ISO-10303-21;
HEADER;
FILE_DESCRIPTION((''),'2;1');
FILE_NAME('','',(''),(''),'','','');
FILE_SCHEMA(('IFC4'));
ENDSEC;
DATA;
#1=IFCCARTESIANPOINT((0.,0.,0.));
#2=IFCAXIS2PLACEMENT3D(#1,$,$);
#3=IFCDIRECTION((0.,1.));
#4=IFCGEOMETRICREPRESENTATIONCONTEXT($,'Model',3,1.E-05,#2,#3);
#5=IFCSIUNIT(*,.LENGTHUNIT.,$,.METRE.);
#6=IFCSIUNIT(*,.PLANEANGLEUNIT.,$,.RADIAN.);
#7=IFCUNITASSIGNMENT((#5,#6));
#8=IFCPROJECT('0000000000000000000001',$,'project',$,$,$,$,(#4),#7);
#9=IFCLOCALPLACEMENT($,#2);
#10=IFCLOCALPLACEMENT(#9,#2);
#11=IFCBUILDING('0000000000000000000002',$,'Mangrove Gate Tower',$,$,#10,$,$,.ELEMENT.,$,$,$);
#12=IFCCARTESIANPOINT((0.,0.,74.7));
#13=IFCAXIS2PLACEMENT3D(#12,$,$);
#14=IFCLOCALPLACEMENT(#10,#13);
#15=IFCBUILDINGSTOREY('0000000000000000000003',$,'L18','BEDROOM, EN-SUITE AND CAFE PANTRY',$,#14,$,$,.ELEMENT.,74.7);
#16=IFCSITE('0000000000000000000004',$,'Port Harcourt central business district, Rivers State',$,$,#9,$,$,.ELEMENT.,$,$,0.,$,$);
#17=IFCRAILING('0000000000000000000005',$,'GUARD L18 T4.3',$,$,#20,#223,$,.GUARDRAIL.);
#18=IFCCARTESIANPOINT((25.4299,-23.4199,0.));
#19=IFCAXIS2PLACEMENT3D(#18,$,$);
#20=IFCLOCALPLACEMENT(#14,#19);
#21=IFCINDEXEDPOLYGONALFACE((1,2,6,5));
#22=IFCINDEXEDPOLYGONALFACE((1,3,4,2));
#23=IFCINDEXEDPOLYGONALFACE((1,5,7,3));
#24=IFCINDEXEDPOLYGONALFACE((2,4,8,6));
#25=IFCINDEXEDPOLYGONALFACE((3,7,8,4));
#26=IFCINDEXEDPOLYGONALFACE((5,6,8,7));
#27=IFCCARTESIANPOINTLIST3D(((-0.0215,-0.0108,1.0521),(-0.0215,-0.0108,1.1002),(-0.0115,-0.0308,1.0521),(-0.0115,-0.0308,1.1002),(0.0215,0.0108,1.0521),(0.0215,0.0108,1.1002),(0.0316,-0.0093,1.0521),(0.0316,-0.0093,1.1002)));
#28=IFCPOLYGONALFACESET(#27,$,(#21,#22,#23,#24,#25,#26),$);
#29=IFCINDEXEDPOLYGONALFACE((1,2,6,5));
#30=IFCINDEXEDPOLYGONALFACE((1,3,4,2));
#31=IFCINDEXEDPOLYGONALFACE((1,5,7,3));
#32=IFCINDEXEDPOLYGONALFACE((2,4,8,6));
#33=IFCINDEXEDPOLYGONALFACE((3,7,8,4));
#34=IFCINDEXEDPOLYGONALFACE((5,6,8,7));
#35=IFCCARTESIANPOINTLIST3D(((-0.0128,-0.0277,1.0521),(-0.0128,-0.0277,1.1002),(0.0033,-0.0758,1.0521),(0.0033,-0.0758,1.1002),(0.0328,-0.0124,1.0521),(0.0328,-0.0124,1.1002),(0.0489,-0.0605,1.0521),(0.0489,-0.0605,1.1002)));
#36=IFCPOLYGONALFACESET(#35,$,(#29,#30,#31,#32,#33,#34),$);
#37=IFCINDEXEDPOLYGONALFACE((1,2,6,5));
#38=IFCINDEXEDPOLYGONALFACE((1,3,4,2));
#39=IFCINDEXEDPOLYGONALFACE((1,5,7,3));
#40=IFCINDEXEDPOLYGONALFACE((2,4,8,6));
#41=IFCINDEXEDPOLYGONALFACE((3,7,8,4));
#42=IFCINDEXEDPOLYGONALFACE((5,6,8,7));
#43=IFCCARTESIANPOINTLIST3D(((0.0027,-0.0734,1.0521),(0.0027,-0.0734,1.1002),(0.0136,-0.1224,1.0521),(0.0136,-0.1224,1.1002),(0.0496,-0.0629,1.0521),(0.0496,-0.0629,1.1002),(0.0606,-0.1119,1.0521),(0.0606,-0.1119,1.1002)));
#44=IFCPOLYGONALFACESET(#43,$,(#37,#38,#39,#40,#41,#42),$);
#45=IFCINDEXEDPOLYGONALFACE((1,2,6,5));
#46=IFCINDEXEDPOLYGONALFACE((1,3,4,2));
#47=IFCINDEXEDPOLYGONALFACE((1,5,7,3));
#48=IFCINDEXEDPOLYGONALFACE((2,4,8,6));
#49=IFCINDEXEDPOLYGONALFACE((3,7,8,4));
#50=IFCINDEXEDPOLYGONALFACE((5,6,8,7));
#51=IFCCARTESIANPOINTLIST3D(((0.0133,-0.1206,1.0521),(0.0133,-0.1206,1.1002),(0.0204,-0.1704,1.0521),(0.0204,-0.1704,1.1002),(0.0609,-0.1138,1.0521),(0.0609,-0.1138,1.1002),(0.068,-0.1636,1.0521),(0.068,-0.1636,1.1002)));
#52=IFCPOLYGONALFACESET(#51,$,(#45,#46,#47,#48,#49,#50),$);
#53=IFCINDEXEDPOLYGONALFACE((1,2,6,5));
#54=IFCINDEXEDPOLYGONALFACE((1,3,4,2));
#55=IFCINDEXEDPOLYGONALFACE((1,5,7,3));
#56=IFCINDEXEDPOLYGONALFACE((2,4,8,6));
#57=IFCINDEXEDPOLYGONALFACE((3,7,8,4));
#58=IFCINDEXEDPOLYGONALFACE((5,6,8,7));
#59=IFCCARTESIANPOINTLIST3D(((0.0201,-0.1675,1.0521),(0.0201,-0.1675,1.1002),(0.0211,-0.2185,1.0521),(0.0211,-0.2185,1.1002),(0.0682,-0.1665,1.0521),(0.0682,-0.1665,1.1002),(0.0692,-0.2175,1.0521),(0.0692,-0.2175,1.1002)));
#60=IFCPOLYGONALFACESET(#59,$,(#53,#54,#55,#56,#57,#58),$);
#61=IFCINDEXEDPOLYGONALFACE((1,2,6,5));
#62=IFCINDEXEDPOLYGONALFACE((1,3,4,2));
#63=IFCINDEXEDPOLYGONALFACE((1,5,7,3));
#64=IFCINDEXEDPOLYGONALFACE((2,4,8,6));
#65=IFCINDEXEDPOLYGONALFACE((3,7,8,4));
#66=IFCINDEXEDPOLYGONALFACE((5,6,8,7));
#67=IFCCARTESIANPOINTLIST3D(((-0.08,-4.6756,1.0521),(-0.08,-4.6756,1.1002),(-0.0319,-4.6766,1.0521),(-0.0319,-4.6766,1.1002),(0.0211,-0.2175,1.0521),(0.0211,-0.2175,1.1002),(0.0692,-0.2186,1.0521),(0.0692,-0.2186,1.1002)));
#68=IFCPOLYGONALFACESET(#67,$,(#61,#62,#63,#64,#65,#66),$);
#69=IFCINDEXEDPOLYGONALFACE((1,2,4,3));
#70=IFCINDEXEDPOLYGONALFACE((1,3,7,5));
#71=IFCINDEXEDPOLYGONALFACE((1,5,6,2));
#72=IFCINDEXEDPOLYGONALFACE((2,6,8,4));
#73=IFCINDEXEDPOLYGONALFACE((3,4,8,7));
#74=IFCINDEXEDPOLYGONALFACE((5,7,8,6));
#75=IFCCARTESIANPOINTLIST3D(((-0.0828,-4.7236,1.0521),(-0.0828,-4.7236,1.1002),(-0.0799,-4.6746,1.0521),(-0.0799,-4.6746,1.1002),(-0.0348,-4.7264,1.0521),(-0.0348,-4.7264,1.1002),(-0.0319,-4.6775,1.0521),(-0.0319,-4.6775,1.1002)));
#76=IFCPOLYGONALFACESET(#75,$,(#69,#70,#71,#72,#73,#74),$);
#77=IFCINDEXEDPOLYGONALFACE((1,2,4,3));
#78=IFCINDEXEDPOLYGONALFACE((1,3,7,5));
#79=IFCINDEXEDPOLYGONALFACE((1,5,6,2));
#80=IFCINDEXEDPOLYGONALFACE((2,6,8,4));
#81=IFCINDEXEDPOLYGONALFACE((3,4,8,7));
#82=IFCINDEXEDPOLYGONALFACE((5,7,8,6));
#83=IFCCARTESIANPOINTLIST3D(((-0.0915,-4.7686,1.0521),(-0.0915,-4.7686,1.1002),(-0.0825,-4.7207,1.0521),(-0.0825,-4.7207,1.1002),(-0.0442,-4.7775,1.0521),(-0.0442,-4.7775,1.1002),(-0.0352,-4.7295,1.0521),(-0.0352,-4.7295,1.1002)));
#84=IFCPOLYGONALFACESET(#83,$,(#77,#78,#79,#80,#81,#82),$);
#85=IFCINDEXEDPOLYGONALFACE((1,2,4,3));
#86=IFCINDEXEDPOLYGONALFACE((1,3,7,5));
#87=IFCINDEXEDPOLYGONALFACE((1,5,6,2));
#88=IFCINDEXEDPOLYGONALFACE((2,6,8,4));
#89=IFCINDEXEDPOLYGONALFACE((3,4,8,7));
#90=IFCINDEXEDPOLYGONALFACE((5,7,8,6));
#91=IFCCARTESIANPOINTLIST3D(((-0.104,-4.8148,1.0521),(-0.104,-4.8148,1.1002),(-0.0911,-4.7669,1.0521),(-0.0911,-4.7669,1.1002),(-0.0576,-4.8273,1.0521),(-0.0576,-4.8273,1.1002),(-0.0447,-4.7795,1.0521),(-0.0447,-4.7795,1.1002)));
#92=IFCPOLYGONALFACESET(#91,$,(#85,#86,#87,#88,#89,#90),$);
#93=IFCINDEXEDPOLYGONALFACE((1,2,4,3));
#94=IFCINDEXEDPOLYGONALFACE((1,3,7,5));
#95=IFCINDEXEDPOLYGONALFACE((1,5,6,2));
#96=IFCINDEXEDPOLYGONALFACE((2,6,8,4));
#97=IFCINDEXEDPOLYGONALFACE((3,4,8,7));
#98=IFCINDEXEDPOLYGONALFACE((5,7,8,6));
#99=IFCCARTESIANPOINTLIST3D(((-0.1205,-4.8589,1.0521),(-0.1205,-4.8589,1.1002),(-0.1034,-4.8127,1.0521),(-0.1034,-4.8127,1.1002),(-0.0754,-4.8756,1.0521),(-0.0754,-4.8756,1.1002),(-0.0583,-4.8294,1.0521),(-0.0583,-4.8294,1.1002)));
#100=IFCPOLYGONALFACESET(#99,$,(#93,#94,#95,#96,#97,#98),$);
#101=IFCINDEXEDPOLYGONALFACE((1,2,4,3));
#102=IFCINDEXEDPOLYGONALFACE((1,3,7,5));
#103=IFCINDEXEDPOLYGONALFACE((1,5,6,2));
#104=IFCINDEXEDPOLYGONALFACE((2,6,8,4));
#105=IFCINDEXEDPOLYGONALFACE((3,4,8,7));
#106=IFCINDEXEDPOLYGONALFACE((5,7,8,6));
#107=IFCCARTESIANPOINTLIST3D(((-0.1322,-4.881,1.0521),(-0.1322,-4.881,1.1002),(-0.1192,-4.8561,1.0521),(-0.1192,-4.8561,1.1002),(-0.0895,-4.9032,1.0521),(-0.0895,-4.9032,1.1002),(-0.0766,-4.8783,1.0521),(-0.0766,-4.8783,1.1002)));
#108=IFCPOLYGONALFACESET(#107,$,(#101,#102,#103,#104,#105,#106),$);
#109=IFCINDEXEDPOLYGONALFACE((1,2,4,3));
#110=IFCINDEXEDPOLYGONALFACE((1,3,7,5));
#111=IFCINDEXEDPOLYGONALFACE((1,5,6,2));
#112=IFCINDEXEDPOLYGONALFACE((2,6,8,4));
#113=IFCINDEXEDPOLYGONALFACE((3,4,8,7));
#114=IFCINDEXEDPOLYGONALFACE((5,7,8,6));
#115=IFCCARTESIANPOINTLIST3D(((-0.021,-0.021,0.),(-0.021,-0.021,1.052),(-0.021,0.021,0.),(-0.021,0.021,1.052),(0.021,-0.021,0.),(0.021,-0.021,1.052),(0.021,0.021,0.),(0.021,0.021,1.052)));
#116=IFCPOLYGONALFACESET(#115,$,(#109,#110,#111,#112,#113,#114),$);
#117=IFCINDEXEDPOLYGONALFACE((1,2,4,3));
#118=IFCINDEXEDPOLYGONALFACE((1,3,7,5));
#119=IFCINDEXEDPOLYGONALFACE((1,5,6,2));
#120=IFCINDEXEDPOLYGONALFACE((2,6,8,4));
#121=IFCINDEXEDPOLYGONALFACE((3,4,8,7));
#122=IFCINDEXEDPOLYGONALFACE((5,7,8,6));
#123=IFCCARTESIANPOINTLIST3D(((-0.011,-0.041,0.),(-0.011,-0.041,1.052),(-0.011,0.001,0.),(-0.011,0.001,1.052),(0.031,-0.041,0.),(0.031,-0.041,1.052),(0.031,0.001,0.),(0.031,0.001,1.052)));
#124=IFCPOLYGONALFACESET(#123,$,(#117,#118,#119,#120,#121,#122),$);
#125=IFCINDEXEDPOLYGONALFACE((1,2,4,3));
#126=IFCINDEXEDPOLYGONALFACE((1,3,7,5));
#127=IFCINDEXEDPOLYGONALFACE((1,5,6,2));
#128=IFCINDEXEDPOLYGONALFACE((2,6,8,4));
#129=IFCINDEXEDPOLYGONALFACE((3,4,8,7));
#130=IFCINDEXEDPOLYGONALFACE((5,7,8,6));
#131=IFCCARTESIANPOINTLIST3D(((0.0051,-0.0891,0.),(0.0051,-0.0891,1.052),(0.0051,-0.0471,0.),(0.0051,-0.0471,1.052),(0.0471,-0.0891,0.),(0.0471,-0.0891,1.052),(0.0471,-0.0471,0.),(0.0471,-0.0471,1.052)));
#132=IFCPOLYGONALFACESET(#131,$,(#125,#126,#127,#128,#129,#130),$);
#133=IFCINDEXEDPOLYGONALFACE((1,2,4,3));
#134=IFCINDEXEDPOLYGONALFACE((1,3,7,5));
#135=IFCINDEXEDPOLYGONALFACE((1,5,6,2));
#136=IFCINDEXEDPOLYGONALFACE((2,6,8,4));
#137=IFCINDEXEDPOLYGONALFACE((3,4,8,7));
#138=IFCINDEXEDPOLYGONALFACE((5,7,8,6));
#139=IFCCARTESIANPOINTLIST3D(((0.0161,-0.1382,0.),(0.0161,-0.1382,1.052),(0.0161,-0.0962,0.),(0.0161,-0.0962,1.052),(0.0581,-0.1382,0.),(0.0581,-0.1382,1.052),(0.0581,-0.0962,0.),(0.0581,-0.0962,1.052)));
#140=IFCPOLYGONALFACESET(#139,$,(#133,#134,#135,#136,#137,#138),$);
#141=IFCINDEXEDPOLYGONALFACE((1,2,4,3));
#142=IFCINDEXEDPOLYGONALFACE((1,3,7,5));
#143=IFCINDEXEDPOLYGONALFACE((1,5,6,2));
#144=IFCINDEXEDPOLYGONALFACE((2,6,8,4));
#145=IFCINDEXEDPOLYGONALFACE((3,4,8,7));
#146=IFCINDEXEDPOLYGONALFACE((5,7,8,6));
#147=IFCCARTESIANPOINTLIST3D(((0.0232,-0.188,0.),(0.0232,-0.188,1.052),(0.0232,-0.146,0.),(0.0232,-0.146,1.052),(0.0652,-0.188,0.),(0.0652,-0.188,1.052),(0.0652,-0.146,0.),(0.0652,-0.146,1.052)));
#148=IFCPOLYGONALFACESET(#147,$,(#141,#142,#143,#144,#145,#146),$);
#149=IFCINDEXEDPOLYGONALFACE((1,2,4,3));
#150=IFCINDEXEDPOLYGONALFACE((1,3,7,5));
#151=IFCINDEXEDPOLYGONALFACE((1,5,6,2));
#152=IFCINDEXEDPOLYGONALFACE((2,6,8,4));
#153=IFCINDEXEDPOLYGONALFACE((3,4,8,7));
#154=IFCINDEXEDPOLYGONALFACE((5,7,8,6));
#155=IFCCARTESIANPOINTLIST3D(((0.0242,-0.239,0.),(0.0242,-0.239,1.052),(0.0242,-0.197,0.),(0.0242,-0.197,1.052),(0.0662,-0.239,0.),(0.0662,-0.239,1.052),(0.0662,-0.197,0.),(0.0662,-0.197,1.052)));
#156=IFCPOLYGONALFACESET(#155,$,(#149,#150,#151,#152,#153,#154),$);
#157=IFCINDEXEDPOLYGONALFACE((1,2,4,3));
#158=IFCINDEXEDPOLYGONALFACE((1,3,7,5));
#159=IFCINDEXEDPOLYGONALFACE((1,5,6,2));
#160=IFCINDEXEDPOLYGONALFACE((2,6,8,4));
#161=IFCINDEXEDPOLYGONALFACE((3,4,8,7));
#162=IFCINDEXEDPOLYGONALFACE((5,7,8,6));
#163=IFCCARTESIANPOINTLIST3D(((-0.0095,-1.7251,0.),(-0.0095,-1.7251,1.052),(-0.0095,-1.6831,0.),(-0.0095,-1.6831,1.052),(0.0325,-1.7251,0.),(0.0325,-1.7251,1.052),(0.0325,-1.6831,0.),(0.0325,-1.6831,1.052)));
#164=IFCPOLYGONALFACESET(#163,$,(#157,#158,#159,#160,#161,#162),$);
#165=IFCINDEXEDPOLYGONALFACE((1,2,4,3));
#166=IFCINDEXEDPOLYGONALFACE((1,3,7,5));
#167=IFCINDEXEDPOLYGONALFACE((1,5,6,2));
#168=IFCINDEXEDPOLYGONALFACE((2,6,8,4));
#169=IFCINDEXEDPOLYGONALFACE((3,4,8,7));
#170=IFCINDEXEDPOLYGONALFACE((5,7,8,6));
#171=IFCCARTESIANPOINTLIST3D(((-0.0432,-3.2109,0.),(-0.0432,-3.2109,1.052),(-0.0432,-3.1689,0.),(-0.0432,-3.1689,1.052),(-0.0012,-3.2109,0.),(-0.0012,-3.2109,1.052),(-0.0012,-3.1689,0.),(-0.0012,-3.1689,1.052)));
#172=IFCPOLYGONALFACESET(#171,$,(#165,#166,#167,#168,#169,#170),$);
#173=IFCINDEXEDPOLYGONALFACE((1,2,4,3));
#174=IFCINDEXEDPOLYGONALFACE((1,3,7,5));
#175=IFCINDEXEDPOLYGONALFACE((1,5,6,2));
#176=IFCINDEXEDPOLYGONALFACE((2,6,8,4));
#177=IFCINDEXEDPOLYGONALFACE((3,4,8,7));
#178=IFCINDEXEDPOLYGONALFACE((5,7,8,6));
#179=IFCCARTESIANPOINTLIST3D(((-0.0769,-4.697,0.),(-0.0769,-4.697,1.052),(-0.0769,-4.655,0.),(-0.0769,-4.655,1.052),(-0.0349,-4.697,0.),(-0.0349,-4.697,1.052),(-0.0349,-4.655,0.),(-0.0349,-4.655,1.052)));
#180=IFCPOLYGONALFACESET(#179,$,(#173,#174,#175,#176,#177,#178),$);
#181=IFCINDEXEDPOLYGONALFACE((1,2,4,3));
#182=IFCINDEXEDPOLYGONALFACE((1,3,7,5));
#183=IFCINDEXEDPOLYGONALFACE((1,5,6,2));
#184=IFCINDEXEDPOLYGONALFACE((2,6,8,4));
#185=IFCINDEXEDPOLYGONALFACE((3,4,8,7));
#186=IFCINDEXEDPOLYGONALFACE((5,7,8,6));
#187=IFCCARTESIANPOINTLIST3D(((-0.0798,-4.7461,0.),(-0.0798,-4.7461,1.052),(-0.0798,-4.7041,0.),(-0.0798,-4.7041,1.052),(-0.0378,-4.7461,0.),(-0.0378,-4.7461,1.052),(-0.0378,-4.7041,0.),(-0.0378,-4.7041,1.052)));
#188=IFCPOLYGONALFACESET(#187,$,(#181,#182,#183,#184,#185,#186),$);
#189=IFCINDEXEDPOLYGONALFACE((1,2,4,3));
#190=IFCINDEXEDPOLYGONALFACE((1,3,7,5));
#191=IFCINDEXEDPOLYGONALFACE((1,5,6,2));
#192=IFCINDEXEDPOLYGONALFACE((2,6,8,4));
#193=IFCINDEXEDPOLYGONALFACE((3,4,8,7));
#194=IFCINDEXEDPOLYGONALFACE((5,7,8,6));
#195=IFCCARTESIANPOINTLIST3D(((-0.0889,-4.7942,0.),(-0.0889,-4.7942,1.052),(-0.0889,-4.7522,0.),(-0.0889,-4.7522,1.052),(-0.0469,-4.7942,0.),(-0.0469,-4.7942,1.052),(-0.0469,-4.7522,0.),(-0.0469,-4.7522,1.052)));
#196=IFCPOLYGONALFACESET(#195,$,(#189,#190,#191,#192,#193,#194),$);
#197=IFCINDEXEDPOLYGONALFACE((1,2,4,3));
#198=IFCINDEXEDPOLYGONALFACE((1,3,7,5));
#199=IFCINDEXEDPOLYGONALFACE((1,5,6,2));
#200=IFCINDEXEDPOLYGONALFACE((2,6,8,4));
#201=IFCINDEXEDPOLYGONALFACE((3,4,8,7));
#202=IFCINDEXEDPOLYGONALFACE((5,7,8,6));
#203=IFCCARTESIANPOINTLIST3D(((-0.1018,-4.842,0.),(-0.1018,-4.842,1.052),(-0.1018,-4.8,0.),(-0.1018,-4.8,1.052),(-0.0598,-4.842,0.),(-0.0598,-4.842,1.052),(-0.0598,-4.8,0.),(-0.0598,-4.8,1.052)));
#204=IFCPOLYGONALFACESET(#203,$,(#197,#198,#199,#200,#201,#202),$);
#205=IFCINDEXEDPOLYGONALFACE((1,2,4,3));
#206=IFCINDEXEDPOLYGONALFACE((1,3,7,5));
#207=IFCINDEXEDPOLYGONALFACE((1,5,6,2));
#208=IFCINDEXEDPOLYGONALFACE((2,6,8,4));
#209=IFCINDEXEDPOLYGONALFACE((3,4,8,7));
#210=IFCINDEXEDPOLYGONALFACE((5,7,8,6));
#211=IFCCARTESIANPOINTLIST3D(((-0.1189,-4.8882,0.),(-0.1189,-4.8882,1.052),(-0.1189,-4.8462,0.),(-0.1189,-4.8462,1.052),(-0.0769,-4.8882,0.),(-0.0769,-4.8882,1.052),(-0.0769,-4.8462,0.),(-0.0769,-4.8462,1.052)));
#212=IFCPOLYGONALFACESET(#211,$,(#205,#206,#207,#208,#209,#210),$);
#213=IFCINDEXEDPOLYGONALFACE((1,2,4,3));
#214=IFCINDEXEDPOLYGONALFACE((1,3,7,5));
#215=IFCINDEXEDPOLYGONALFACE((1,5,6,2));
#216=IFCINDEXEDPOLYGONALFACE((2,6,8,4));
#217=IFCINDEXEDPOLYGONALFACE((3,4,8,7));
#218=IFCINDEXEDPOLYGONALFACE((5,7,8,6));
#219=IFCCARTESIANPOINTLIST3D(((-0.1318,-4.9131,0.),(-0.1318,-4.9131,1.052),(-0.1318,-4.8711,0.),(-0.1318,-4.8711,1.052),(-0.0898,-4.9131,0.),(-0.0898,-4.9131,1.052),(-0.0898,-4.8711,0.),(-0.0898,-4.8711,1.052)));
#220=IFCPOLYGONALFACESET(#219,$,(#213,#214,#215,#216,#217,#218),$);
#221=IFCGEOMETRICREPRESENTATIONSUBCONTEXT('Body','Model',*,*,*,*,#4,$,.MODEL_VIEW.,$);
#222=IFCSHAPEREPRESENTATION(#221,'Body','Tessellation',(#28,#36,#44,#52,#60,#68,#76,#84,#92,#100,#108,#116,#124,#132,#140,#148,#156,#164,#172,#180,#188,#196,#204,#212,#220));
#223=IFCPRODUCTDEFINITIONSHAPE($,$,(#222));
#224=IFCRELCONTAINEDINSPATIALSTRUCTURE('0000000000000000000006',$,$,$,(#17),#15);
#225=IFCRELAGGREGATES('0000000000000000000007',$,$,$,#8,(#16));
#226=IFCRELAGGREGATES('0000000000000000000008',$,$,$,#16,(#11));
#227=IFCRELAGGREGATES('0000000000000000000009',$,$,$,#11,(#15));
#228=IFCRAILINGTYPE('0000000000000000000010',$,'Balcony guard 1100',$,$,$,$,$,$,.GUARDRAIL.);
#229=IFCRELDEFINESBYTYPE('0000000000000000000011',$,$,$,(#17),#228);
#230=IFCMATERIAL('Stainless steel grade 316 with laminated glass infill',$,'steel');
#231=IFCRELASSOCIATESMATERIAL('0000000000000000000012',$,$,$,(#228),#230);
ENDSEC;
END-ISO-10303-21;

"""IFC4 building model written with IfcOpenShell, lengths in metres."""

from ifc_helpers import new_model, si_unit, direction, frame, origin, origin_2d, place, context, subcontext, project, spatial, rectangle, extrude, material, type_object, element, save


model = new_model("IFC4")

# Units and contexts
model_context = context("Model", 3, precision=1e-05, world=origin(), true_north=direction((0.0, 1.0)))
body_context = subcontext(model_context, "Body", "Model", "MODEL_VIEW")
ifc_project = project(units=[si_unit("LENGTHUNIT", "METRE"), si_unit("PLANEANGLEUNIT", "RADIAN")], contexts=[model_context])

# Site, building, storey
site_placement = place(None, origin())
site = spatial("IfcSite", under=ifc_project, at=site_placement, Name="Port Harcourt central business district, Rivers State", CompositionType="ELEMENT", RefElevation=0.0)
building_placement = place(site_placement, origin())
building = spatial("IfcBuilding", under=site, at=building_placement, Name="Mangrove Gate Tower", CompositionType="ELEMENT")
storey_placement = place(building_placement, frame((0.0, 0.0, 74.7)))
storey = spatial("IfcBuildingStorey", under=building, at=storey_placement, Name="L18", Description="BEDROOM, EN-SUITE AND CAFE PANTRY", CompositionType="ELEMENT", Elevation=74.7)

# Railing
ifc_material_1 = material(Name="Stainless steel grade 316 with laminated glass infill", Category="steel")
railing_type = type_object("IfcRailingType", Name="Balcony guard 1100", PredefinedType="GUARDRAIL", material=ifc_material_1)
railing_1_placement = place(storey_placement, frame((25.4299, -23.4199, 0.0)))
element("IfcRailing", 1, at=railing_1_placement, inside=storey, type_object=railing_type, Name="GUARD L18 T4.3", PredefinedType="GUARDRAIL", context=body_context, shape_type="SweptSolid", body=[
    extrude(rectangle(XDim=0.0481, YDim=0.0481, at=origin_2d()), frame((0.0, 0.0, 1.0762), z_axis=(0.447214, -0.894427, 0.0), x_axis=(0.894427, 0.447214, 0.0)), (0.0, 0.0, 1.0), 0.0225),
    extrude(rectangle(XDim=0.0481, YDim=0.0481, at=origin_2d()), frame((0.01, -0.02, 1.0762), z_axis=(0.317671, -0.948201, 0.0), x_axis=(0.948201, 0.317671, 0.0)), (0.0, 0.0, 1.0), 0.0508),
    extrude(rectangle(XDim=0.0481, YDim=0.0481, at=origin_2d()), frame((0.0261, -0.0681, 1.0762), z_axis=(0.218472, -0.975843, 0.0), x_axis=(0.975843, 0.218472, 0.0)), (0.0, 0.0, 1.0), 0.0503),
    extrude(rectangle(XDim=0.0481, YDim=0.0481, at=origin_2d()), frame((0.0371, -0.1172, 1.0762), z_axis=(0.140742, -0.990046, 0.0), x_axis=(0.990046, 0.140742, 0.0)), (0.0, 0.0, 1.0), 0.0503),
    extrude(rectangle(XDim=0.0481, YDim=0.0481, at=origin_2d()), frame((0.0442, -0.167, 1.0762), z_axis=(0.019135, -0.999817, 0.0), x_axis=(0.999817, 0.019135, 0.0)), (0.0, 0.0, 1.0), 0.051),
    extrude(rectangle(XDim=0.0481, YDim=0.0481, at=origin_2d()), frame((0.0452, -0.218, 1.0762), z_axis=(-0.022667, -0.999743, 0.0), x_axis=(0.999743, -0.022667, 0.0)), (0.0, 0.0, 1.0), 4.4592),
    extrude(rectangle(XDim=0.0481, YDim=0.0481, at=origin_2d()), frame((-0.0559, -4.676, 1.0762), z_axis=(-0.059595, -0.998223, 0.0), x_axis=(0.998223, -0.059595, 0.0)), (0.0, 0.0, 1.0), 0.0491),
    extrude(rectangle(XDim=0.0481, YDim=0.0481, at=origin_2d()), frame((-0.0588, -4.7251, 1.0762), z_axis=(-0.18459, -0.982816, 0.0), x_axis=(0.982816, -0.18459, 0.0)), (0.0, 0.0, 1.0), 0.0488),
    extrude(rectangle(XDim=0.0481, YDim=0.0481, at=origin_2d()), frame((-0.0679, -4.7732, 1.0762), z_axis=(-0.261033, -0.96533, 0.0), x_axis=(0.96533, -0.261033, 0.0)), (0.0, 0.0, 1.0), 0.0496),
    extrude(rectangle(XDim=0.0481, YDim=0.0481, at=origin_2d()), frame((-0.0808, -4.821, 1.0762), z_axis=(-0.347314, -0.937749, 0.0), x_axis=(0.937749, -0.347314, 0.0)), (0.0, 0.0, 1.0), 0.0493),
    extrude(rectangle(XDim=0.0481, YDim=0.0481, at=origin_2d()), frame((-0.0979, -4.8672, 1.0762), z_axis=(-0.461079, -0.887359, 0.0), x_axis=(0.887359, -0.461079, 0.0)), (0.0, 0.0, 1.0), 0.0281),
    extrude(rectangle(XDim=0.042, YDim=0.042, at=origin_2d()), origin(), (0.0, 0.0, 1.0), 1.052),
    extrude(rectangle(XDim=0.042, YDim=0.042, at=origin_2d()), frame((0.01, -0.02, 0.0)), (0.0, 0.0, 1.0), 1.052),
    extrude(rectangle(XDim=0.042, YDim=0.042, at=origin_2d()), frame((0.0261, -0.0681, 0.0)), (0.0, 0.0, 1.0), 1.052),
    extrude(rectangle(XDim=0.042, YDim=0.042, at=origin_2d()), frame((0.0371, -0.1172, 0.0)), (0.0, 0.0, 1.0), 1.052),
    extrude(rectangle(XDim=0.042, YDim=0.042, at=origin_2d()), frame((0.0442, -0.167, 0.0)), (0.0, 0.0, 1.0), 1.052),
    extrude(rectangle(XDim=0.042, YDim=0.042, at=origin_2d()), frame((0.0452, -0.218, 0.0)), (0.0, 0.0, 1.0), 1.052),
    extrude(rectangle(XDim=0.042, YDim=0.042, at=origin_2d()), frame((0.0115, -1.7041, 0.0)), (0.0, 0.0, 1.0), 1.052),
    extrude(rectangle(XDim=0.042, YDim=0.042, at=origin_2d()), frame((-0.0222, -3.1899, 0.0)), (0.0, 0.0, 1.0), 1.052),
    extrude(rectangle(XDim=0.042, YDim=0.042, at=origin_2d()), frame((-0.0559, -4.676, 0.0)), (0.0, 0.0, 1.0), 1.052),
    extrude(rectangle(XDim=0.042, YDim=0.042, at=origin_2d()), frame((-0.0588, -4.7251, 0.0)), (0.0, 0.0, 1.0), 1.052),
    extrude(rectangle(XDim=0.042, YDim=0.042, at=origin_2d()), frame((-0.0679, -4.7732, 0.0)), (0.0, 0.0, 1.0), 1.052),
    extrude(rectangle(XDim=0.042, YDim=0.042, at=origin_2d()), frame((-0.0808, -4.821, 0.0)), (0.0, 0.0, 1.0), 1.052),
    extrude(rectangle(XDim=0.042, YDim=0.042, at=origin_2d()), frame((-0.0979, -4.8672, 0.0)), (0.0, 0.0, 1.0), 1.052),
    extrude(rectangle(XDim=0.042, YDim=0.042, at=origin_2d()), frame((-0.1108, -4.8921, 0.0)), (0.0, 0.0, 1.0), 1.052),
])

save(model, "model.ifc")
